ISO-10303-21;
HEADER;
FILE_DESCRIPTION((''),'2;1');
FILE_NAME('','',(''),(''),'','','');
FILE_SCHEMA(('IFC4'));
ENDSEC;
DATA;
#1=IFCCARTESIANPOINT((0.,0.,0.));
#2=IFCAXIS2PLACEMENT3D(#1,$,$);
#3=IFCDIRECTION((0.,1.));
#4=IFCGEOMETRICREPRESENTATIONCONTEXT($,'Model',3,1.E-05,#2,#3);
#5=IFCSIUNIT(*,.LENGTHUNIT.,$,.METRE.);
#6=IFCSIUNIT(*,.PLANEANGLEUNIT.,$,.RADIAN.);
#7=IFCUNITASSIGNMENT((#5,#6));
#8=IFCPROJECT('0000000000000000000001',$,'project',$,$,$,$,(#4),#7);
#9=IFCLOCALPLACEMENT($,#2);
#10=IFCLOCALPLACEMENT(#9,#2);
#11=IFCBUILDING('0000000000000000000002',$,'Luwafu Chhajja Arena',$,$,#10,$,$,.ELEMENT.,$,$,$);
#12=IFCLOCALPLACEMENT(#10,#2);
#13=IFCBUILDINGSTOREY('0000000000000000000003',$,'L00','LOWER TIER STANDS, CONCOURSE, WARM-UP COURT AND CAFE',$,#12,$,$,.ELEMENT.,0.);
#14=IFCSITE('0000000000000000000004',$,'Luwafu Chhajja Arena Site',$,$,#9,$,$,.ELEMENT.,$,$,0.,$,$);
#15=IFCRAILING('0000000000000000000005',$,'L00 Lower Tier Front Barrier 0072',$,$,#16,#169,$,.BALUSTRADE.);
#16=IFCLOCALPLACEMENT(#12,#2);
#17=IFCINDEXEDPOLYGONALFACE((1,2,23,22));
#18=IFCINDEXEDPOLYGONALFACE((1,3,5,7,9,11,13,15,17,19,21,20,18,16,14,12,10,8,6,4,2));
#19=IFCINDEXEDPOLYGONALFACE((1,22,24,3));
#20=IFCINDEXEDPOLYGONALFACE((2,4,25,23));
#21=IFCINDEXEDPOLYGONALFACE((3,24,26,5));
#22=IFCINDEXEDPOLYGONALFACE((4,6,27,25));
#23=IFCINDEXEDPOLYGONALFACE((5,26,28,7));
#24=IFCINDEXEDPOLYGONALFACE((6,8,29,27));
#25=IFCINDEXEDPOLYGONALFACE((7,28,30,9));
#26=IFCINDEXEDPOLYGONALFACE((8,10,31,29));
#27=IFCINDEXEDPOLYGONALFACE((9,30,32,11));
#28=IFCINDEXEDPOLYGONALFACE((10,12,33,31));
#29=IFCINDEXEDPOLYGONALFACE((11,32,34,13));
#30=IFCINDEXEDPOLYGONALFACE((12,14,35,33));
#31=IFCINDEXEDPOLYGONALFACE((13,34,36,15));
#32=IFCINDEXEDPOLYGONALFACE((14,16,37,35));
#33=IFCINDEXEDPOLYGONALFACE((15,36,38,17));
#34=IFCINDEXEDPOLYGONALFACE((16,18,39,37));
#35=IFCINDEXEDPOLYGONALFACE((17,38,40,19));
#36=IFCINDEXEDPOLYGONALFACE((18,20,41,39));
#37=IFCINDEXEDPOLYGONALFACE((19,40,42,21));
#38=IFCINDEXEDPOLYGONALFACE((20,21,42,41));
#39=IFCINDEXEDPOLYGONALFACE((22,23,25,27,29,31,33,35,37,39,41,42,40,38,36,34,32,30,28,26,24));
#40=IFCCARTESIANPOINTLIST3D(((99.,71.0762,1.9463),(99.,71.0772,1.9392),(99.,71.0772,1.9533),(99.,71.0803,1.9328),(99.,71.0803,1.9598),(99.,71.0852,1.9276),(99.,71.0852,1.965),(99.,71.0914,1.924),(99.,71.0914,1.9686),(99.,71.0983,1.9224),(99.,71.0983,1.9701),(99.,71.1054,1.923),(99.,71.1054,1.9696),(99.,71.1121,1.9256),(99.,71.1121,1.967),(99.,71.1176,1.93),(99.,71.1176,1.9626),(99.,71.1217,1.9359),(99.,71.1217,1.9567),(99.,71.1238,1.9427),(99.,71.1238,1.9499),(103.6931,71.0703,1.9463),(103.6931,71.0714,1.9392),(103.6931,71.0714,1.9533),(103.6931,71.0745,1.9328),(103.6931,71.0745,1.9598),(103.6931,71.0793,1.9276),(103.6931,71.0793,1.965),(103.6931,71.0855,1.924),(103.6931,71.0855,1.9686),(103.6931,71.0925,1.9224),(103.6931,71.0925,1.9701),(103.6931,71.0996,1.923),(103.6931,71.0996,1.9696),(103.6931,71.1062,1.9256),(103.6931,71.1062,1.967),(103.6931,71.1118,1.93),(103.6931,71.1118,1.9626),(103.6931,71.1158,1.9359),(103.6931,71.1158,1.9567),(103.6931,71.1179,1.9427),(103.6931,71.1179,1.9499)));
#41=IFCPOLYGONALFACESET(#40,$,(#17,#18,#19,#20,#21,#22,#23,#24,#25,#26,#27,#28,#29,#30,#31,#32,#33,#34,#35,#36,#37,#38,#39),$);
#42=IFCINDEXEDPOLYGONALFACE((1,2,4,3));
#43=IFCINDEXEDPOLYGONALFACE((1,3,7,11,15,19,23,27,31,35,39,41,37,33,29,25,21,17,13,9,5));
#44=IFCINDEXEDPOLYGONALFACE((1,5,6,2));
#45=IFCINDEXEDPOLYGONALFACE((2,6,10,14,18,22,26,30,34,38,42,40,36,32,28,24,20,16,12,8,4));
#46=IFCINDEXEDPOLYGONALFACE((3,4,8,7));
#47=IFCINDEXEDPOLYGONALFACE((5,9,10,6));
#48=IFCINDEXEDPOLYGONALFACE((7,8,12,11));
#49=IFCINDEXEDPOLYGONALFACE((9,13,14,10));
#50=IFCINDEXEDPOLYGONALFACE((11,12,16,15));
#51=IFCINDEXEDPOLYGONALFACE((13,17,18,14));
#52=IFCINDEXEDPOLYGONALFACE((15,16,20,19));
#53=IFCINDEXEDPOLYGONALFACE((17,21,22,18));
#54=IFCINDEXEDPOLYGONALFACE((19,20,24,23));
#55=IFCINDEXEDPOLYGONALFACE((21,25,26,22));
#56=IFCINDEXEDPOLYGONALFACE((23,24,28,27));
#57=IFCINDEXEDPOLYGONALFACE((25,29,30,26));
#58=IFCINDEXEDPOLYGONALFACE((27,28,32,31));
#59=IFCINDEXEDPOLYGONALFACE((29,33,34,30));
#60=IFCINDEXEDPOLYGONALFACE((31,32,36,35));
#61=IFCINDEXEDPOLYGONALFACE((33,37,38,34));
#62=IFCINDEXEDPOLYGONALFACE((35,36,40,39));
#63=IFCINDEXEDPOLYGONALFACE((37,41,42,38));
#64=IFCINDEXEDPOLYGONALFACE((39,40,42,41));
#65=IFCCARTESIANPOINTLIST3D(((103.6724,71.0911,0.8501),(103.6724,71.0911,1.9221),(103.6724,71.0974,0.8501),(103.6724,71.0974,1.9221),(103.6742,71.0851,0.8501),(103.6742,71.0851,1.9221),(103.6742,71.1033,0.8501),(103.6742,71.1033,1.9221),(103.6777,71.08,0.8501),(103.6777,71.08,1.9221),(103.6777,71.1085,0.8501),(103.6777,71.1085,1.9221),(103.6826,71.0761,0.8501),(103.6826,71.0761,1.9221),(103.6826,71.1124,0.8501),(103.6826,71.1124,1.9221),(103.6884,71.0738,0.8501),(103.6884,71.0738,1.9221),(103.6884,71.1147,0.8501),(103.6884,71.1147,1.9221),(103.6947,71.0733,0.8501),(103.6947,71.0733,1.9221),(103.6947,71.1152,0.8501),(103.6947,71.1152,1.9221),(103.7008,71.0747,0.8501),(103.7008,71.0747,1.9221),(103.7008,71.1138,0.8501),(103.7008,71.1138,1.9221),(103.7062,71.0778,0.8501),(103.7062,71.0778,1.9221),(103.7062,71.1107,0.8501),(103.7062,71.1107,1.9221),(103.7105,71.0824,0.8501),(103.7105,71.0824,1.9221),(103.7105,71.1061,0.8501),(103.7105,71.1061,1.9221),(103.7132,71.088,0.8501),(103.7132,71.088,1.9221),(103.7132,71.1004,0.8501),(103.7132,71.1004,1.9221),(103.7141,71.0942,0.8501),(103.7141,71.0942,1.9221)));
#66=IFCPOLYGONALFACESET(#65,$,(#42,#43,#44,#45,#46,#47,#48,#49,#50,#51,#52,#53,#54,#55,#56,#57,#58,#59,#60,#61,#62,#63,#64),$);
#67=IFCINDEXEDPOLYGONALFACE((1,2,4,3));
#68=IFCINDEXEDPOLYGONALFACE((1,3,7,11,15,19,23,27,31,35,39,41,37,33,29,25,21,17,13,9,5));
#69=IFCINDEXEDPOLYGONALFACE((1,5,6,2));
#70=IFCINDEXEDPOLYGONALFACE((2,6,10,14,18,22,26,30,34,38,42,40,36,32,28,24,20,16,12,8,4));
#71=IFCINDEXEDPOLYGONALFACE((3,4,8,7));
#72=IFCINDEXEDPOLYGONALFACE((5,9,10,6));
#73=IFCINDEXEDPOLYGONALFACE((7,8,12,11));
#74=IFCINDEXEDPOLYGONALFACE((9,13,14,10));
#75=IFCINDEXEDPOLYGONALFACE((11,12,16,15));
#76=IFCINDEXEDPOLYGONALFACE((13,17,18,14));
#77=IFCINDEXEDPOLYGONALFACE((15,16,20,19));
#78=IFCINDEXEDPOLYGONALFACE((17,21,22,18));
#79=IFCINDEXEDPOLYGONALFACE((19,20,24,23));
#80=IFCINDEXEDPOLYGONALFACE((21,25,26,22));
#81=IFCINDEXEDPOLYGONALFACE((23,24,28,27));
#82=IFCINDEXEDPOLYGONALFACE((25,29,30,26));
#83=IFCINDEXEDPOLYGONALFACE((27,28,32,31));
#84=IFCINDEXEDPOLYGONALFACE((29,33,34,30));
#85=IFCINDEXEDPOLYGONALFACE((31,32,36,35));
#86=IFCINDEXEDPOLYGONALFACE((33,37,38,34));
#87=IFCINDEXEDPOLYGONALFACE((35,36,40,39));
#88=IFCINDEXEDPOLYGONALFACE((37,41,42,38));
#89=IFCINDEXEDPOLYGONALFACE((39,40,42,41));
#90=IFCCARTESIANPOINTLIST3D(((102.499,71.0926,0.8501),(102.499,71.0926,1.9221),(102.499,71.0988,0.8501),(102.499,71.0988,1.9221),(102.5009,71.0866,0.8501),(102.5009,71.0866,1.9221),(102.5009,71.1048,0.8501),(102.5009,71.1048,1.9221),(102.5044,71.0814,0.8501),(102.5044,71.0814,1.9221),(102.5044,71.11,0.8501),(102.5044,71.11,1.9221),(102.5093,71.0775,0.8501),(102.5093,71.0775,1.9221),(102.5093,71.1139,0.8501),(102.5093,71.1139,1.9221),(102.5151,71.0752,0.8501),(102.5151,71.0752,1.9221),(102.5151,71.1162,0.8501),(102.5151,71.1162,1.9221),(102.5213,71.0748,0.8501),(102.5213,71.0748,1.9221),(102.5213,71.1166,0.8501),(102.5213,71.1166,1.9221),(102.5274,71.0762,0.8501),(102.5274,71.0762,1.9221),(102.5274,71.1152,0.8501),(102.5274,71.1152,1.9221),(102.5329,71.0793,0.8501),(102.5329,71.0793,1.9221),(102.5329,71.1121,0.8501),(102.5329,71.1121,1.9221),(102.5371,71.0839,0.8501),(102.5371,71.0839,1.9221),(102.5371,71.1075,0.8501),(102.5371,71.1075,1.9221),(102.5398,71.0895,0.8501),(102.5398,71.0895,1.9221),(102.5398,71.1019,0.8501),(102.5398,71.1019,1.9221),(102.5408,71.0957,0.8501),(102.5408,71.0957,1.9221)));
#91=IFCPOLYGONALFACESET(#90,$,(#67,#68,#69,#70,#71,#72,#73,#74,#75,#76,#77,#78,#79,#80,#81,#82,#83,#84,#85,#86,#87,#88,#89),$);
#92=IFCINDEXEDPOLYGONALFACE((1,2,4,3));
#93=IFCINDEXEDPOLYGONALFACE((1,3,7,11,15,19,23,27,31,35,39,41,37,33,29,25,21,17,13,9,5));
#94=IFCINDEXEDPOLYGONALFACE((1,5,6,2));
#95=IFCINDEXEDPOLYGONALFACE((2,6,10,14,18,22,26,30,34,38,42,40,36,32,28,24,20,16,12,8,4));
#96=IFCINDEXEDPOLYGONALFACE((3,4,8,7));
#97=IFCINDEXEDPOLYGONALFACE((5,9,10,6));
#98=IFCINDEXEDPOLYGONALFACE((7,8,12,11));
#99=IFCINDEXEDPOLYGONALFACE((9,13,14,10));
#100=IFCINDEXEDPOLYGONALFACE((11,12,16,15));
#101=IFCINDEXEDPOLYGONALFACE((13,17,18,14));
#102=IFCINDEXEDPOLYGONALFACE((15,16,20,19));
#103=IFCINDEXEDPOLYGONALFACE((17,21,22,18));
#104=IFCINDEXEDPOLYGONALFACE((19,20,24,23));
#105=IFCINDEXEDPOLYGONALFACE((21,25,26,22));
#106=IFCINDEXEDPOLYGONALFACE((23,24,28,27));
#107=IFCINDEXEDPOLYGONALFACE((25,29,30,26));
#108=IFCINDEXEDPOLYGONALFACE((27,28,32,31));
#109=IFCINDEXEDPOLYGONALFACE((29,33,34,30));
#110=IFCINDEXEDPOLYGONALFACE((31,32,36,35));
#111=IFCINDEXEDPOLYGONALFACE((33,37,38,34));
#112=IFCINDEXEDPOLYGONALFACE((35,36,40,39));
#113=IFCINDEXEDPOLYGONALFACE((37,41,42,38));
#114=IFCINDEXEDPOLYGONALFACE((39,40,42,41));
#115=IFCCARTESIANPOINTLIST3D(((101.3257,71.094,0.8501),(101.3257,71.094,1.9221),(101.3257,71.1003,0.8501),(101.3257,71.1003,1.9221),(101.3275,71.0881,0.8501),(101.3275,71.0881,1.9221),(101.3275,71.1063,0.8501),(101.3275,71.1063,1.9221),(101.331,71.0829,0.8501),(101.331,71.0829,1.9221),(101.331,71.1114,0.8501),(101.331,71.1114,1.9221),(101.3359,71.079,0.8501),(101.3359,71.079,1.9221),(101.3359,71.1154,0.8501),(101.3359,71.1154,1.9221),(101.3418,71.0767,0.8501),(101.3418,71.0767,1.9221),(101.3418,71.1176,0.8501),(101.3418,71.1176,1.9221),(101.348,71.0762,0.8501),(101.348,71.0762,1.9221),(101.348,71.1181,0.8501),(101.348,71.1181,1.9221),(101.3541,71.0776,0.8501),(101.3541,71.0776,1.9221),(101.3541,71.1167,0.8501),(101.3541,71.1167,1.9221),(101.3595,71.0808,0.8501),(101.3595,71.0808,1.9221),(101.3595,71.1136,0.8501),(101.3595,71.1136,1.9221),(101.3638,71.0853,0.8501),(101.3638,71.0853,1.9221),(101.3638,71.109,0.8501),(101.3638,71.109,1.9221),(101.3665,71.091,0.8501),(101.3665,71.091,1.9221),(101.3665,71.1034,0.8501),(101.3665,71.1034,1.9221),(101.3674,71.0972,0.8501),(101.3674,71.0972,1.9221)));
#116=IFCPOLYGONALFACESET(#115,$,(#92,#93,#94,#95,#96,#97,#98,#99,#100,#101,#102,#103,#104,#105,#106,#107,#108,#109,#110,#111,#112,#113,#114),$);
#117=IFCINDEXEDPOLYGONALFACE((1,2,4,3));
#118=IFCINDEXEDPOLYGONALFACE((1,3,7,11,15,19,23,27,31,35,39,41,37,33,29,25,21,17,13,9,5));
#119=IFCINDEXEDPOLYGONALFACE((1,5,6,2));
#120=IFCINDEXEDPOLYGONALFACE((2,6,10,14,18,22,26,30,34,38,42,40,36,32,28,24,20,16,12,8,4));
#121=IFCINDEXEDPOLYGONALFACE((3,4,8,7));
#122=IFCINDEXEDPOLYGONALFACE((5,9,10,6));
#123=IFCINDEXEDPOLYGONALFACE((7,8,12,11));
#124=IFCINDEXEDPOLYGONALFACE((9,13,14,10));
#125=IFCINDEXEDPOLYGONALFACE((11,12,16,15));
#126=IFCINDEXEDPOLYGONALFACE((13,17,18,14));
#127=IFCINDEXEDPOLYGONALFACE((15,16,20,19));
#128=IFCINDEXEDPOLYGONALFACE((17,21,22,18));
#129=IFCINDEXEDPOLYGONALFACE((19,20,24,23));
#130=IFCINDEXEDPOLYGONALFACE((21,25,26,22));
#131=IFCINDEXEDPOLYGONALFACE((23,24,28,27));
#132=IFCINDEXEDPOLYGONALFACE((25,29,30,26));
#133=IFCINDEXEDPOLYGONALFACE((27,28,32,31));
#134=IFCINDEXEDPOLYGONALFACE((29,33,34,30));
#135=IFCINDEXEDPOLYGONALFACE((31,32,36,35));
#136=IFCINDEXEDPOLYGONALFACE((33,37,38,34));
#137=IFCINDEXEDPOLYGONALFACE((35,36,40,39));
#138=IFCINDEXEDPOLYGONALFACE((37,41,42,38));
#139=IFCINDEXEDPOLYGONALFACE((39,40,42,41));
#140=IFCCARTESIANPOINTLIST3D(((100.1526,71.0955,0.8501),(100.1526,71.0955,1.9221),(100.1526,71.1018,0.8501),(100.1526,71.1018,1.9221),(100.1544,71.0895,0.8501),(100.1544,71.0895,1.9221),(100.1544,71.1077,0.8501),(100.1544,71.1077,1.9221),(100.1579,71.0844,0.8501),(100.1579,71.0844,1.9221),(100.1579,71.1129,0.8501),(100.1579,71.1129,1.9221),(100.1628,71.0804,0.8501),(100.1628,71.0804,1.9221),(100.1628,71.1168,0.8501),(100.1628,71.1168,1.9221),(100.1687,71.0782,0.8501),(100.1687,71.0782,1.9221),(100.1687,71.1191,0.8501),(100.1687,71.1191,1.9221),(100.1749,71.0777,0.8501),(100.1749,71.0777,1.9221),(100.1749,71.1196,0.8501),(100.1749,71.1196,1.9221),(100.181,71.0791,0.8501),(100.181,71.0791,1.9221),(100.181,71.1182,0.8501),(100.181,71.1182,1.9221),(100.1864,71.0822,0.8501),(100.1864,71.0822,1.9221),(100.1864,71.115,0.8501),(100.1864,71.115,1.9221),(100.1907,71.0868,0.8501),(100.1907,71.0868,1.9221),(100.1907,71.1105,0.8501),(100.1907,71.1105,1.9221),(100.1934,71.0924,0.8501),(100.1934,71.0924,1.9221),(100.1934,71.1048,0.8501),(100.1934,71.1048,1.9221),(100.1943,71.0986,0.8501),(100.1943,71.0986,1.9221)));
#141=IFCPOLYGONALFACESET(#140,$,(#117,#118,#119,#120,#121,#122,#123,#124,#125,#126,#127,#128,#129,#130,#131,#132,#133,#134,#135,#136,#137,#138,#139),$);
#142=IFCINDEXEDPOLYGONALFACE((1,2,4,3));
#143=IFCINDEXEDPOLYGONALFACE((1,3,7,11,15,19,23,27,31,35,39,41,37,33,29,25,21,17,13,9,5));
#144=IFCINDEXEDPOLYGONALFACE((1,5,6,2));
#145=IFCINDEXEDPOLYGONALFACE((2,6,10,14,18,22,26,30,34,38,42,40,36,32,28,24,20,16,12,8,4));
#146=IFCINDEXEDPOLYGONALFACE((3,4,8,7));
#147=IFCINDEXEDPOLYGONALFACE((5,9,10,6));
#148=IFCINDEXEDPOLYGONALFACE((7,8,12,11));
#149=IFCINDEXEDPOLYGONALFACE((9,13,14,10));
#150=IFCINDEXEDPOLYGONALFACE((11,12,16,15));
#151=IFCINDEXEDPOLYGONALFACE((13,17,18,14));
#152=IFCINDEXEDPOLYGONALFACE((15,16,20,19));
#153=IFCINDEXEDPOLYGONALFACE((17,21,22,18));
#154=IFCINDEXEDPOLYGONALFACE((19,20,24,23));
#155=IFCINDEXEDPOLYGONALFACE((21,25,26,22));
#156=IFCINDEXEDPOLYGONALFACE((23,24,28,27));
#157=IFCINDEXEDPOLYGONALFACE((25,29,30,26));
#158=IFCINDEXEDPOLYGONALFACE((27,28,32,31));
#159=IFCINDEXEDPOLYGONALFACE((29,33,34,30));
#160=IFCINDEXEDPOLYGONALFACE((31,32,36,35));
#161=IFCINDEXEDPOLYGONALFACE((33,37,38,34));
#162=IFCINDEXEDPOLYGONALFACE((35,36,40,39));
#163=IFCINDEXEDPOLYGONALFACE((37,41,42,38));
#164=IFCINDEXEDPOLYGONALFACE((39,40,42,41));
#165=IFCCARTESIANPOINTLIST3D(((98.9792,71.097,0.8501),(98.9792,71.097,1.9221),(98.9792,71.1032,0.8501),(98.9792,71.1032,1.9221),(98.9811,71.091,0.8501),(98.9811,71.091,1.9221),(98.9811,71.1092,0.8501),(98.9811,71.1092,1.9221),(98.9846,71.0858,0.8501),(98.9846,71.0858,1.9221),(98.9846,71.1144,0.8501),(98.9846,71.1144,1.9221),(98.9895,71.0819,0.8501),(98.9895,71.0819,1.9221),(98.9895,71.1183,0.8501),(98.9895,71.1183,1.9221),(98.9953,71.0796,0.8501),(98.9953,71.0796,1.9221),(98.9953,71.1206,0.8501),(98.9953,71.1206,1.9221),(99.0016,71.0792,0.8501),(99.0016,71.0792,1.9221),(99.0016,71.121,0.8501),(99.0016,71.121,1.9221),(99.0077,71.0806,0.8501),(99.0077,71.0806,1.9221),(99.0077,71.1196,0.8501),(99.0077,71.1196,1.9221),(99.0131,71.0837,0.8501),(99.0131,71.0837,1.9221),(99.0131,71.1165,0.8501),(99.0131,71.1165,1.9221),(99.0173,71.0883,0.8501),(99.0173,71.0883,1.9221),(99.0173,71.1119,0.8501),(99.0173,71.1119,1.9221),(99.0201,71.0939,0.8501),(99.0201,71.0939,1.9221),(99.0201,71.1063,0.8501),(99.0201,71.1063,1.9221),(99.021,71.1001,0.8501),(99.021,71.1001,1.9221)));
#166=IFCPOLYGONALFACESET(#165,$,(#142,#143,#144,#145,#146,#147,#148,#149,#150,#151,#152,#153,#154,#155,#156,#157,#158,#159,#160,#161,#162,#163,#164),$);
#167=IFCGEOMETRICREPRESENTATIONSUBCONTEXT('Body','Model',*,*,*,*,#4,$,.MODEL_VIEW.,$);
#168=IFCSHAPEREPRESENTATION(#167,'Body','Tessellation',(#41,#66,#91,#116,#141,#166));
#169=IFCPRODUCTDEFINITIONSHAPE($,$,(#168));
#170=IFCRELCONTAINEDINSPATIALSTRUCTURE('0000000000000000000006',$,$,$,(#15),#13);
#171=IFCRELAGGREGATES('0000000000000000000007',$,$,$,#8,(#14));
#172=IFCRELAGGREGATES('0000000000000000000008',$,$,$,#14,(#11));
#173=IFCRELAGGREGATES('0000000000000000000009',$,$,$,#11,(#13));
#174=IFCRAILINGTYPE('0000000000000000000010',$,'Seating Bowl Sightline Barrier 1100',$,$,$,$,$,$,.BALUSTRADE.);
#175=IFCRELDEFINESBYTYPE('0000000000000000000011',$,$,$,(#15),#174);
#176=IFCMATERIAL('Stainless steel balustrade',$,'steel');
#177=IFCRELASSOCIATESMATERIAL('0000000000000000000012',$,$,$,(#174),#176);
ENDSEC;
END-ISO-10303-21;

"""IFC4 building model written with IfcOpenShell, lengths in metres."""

from ifc_helpers import new_model, si_unit, direction, frame, origin, origin_2d, place, context, subcontext, project, spatial, circle, extrude, material, type_object, element, save


model = new_model("IFC4")

# Units and contexts
model_context = context("Model", 3, precision=1e-05, world=origin(), true_north=direction((0.0, 1.0)))
body_context = subcontext(model_context, "Body", "Model", "MODEL_VIEW")
ifc_project = project(units=[si_unit("LENGTHUNIT", "METRE"), si_unit("PLANEANGLEUNIT", "RADIAN")], contexts=[model_context])

# Site, building, storey
site_placement = place(None, origin())
site = spatial("IfcSite", under=ifc_project, at=site_placement, Name="Luwafu Chhajja Arena Site", CompositionType="ELEMENT", RefElevation=0.0)
building_placement = place(site_placement, origin())
building = spatial("IfcBuilding", under=site, at=building_placement, Name="Luwafu Chhajja Arena", CompositionType="ELEMENT")
storey_placement = place(building_placement, origin())
storey = spatial("IfcBuildingStorey", under=building, at=storey_placement, Name="L00", Description="LOWER TIER STANDS, CONCOURSE, WARM-UP COURT AND CAFE", CompositionType="ELEMENT", Elevation=0.0)

# Railing
ifc_material_1 = material(Name="Stainless steel balustrade", Category="steel")
railing_type = type_object("IfcRailingType", Name="Seating Bowl Sightline Barrier 1100", PredefinedType="BALUSTRADE", material=ifc_material_1)
railing_1_placement = place(storey_placement, frame((103.6931, 71.0942, 0.8501)))
element("IfcRailing", 1, at=railing_1_placement, inside=storey, type_object=railing_type, Name="L00 Lower Tier Front Barrier 0072", PredefinedType="BALUSTRADE", context=body_context, shape_type="SweptSolid", body=[
    extrude(circle(Radius=0.0239, at=origin_2d()), frame((0.0, 0.0, 1.0962), z_axis=(-0.999999, 0.001249, 0.0), x_axis=(-0.001249, -0.999999, 0.0)), (0.0, 0.0, 1.0), 4.6931),
    extrude(circle(Radius=0.021, at=origin_2d()), origin(), (0.0, 0.0, 1.0), 1.072),
    extrude(circle(Radius=0.021, at=origin_2d()), frame((-1.1733, 0.0015, 0.0)), (0.0, 0.0, 1.0), 1.072),
    extrude(circle(Radius=0.021, at=origin_2d()), frame((-2.3467, 0.0029, 0.0)), (0.0, 0.0, 1.0), 1.072),
    extrude(circle(Radius=0.021, at=origin_2d()), frame((-3.5198, 0.0044, 0.0)), (0.0, 0.0, 1.0), 1.072),
    extrude(circle(Radius=0.021, at=origin_2d()), frame((-4.6931, 0.0059, 0.0)), (0.0, 0.0, 1.0), 1.072),
])

save(model, "model.ifc")
